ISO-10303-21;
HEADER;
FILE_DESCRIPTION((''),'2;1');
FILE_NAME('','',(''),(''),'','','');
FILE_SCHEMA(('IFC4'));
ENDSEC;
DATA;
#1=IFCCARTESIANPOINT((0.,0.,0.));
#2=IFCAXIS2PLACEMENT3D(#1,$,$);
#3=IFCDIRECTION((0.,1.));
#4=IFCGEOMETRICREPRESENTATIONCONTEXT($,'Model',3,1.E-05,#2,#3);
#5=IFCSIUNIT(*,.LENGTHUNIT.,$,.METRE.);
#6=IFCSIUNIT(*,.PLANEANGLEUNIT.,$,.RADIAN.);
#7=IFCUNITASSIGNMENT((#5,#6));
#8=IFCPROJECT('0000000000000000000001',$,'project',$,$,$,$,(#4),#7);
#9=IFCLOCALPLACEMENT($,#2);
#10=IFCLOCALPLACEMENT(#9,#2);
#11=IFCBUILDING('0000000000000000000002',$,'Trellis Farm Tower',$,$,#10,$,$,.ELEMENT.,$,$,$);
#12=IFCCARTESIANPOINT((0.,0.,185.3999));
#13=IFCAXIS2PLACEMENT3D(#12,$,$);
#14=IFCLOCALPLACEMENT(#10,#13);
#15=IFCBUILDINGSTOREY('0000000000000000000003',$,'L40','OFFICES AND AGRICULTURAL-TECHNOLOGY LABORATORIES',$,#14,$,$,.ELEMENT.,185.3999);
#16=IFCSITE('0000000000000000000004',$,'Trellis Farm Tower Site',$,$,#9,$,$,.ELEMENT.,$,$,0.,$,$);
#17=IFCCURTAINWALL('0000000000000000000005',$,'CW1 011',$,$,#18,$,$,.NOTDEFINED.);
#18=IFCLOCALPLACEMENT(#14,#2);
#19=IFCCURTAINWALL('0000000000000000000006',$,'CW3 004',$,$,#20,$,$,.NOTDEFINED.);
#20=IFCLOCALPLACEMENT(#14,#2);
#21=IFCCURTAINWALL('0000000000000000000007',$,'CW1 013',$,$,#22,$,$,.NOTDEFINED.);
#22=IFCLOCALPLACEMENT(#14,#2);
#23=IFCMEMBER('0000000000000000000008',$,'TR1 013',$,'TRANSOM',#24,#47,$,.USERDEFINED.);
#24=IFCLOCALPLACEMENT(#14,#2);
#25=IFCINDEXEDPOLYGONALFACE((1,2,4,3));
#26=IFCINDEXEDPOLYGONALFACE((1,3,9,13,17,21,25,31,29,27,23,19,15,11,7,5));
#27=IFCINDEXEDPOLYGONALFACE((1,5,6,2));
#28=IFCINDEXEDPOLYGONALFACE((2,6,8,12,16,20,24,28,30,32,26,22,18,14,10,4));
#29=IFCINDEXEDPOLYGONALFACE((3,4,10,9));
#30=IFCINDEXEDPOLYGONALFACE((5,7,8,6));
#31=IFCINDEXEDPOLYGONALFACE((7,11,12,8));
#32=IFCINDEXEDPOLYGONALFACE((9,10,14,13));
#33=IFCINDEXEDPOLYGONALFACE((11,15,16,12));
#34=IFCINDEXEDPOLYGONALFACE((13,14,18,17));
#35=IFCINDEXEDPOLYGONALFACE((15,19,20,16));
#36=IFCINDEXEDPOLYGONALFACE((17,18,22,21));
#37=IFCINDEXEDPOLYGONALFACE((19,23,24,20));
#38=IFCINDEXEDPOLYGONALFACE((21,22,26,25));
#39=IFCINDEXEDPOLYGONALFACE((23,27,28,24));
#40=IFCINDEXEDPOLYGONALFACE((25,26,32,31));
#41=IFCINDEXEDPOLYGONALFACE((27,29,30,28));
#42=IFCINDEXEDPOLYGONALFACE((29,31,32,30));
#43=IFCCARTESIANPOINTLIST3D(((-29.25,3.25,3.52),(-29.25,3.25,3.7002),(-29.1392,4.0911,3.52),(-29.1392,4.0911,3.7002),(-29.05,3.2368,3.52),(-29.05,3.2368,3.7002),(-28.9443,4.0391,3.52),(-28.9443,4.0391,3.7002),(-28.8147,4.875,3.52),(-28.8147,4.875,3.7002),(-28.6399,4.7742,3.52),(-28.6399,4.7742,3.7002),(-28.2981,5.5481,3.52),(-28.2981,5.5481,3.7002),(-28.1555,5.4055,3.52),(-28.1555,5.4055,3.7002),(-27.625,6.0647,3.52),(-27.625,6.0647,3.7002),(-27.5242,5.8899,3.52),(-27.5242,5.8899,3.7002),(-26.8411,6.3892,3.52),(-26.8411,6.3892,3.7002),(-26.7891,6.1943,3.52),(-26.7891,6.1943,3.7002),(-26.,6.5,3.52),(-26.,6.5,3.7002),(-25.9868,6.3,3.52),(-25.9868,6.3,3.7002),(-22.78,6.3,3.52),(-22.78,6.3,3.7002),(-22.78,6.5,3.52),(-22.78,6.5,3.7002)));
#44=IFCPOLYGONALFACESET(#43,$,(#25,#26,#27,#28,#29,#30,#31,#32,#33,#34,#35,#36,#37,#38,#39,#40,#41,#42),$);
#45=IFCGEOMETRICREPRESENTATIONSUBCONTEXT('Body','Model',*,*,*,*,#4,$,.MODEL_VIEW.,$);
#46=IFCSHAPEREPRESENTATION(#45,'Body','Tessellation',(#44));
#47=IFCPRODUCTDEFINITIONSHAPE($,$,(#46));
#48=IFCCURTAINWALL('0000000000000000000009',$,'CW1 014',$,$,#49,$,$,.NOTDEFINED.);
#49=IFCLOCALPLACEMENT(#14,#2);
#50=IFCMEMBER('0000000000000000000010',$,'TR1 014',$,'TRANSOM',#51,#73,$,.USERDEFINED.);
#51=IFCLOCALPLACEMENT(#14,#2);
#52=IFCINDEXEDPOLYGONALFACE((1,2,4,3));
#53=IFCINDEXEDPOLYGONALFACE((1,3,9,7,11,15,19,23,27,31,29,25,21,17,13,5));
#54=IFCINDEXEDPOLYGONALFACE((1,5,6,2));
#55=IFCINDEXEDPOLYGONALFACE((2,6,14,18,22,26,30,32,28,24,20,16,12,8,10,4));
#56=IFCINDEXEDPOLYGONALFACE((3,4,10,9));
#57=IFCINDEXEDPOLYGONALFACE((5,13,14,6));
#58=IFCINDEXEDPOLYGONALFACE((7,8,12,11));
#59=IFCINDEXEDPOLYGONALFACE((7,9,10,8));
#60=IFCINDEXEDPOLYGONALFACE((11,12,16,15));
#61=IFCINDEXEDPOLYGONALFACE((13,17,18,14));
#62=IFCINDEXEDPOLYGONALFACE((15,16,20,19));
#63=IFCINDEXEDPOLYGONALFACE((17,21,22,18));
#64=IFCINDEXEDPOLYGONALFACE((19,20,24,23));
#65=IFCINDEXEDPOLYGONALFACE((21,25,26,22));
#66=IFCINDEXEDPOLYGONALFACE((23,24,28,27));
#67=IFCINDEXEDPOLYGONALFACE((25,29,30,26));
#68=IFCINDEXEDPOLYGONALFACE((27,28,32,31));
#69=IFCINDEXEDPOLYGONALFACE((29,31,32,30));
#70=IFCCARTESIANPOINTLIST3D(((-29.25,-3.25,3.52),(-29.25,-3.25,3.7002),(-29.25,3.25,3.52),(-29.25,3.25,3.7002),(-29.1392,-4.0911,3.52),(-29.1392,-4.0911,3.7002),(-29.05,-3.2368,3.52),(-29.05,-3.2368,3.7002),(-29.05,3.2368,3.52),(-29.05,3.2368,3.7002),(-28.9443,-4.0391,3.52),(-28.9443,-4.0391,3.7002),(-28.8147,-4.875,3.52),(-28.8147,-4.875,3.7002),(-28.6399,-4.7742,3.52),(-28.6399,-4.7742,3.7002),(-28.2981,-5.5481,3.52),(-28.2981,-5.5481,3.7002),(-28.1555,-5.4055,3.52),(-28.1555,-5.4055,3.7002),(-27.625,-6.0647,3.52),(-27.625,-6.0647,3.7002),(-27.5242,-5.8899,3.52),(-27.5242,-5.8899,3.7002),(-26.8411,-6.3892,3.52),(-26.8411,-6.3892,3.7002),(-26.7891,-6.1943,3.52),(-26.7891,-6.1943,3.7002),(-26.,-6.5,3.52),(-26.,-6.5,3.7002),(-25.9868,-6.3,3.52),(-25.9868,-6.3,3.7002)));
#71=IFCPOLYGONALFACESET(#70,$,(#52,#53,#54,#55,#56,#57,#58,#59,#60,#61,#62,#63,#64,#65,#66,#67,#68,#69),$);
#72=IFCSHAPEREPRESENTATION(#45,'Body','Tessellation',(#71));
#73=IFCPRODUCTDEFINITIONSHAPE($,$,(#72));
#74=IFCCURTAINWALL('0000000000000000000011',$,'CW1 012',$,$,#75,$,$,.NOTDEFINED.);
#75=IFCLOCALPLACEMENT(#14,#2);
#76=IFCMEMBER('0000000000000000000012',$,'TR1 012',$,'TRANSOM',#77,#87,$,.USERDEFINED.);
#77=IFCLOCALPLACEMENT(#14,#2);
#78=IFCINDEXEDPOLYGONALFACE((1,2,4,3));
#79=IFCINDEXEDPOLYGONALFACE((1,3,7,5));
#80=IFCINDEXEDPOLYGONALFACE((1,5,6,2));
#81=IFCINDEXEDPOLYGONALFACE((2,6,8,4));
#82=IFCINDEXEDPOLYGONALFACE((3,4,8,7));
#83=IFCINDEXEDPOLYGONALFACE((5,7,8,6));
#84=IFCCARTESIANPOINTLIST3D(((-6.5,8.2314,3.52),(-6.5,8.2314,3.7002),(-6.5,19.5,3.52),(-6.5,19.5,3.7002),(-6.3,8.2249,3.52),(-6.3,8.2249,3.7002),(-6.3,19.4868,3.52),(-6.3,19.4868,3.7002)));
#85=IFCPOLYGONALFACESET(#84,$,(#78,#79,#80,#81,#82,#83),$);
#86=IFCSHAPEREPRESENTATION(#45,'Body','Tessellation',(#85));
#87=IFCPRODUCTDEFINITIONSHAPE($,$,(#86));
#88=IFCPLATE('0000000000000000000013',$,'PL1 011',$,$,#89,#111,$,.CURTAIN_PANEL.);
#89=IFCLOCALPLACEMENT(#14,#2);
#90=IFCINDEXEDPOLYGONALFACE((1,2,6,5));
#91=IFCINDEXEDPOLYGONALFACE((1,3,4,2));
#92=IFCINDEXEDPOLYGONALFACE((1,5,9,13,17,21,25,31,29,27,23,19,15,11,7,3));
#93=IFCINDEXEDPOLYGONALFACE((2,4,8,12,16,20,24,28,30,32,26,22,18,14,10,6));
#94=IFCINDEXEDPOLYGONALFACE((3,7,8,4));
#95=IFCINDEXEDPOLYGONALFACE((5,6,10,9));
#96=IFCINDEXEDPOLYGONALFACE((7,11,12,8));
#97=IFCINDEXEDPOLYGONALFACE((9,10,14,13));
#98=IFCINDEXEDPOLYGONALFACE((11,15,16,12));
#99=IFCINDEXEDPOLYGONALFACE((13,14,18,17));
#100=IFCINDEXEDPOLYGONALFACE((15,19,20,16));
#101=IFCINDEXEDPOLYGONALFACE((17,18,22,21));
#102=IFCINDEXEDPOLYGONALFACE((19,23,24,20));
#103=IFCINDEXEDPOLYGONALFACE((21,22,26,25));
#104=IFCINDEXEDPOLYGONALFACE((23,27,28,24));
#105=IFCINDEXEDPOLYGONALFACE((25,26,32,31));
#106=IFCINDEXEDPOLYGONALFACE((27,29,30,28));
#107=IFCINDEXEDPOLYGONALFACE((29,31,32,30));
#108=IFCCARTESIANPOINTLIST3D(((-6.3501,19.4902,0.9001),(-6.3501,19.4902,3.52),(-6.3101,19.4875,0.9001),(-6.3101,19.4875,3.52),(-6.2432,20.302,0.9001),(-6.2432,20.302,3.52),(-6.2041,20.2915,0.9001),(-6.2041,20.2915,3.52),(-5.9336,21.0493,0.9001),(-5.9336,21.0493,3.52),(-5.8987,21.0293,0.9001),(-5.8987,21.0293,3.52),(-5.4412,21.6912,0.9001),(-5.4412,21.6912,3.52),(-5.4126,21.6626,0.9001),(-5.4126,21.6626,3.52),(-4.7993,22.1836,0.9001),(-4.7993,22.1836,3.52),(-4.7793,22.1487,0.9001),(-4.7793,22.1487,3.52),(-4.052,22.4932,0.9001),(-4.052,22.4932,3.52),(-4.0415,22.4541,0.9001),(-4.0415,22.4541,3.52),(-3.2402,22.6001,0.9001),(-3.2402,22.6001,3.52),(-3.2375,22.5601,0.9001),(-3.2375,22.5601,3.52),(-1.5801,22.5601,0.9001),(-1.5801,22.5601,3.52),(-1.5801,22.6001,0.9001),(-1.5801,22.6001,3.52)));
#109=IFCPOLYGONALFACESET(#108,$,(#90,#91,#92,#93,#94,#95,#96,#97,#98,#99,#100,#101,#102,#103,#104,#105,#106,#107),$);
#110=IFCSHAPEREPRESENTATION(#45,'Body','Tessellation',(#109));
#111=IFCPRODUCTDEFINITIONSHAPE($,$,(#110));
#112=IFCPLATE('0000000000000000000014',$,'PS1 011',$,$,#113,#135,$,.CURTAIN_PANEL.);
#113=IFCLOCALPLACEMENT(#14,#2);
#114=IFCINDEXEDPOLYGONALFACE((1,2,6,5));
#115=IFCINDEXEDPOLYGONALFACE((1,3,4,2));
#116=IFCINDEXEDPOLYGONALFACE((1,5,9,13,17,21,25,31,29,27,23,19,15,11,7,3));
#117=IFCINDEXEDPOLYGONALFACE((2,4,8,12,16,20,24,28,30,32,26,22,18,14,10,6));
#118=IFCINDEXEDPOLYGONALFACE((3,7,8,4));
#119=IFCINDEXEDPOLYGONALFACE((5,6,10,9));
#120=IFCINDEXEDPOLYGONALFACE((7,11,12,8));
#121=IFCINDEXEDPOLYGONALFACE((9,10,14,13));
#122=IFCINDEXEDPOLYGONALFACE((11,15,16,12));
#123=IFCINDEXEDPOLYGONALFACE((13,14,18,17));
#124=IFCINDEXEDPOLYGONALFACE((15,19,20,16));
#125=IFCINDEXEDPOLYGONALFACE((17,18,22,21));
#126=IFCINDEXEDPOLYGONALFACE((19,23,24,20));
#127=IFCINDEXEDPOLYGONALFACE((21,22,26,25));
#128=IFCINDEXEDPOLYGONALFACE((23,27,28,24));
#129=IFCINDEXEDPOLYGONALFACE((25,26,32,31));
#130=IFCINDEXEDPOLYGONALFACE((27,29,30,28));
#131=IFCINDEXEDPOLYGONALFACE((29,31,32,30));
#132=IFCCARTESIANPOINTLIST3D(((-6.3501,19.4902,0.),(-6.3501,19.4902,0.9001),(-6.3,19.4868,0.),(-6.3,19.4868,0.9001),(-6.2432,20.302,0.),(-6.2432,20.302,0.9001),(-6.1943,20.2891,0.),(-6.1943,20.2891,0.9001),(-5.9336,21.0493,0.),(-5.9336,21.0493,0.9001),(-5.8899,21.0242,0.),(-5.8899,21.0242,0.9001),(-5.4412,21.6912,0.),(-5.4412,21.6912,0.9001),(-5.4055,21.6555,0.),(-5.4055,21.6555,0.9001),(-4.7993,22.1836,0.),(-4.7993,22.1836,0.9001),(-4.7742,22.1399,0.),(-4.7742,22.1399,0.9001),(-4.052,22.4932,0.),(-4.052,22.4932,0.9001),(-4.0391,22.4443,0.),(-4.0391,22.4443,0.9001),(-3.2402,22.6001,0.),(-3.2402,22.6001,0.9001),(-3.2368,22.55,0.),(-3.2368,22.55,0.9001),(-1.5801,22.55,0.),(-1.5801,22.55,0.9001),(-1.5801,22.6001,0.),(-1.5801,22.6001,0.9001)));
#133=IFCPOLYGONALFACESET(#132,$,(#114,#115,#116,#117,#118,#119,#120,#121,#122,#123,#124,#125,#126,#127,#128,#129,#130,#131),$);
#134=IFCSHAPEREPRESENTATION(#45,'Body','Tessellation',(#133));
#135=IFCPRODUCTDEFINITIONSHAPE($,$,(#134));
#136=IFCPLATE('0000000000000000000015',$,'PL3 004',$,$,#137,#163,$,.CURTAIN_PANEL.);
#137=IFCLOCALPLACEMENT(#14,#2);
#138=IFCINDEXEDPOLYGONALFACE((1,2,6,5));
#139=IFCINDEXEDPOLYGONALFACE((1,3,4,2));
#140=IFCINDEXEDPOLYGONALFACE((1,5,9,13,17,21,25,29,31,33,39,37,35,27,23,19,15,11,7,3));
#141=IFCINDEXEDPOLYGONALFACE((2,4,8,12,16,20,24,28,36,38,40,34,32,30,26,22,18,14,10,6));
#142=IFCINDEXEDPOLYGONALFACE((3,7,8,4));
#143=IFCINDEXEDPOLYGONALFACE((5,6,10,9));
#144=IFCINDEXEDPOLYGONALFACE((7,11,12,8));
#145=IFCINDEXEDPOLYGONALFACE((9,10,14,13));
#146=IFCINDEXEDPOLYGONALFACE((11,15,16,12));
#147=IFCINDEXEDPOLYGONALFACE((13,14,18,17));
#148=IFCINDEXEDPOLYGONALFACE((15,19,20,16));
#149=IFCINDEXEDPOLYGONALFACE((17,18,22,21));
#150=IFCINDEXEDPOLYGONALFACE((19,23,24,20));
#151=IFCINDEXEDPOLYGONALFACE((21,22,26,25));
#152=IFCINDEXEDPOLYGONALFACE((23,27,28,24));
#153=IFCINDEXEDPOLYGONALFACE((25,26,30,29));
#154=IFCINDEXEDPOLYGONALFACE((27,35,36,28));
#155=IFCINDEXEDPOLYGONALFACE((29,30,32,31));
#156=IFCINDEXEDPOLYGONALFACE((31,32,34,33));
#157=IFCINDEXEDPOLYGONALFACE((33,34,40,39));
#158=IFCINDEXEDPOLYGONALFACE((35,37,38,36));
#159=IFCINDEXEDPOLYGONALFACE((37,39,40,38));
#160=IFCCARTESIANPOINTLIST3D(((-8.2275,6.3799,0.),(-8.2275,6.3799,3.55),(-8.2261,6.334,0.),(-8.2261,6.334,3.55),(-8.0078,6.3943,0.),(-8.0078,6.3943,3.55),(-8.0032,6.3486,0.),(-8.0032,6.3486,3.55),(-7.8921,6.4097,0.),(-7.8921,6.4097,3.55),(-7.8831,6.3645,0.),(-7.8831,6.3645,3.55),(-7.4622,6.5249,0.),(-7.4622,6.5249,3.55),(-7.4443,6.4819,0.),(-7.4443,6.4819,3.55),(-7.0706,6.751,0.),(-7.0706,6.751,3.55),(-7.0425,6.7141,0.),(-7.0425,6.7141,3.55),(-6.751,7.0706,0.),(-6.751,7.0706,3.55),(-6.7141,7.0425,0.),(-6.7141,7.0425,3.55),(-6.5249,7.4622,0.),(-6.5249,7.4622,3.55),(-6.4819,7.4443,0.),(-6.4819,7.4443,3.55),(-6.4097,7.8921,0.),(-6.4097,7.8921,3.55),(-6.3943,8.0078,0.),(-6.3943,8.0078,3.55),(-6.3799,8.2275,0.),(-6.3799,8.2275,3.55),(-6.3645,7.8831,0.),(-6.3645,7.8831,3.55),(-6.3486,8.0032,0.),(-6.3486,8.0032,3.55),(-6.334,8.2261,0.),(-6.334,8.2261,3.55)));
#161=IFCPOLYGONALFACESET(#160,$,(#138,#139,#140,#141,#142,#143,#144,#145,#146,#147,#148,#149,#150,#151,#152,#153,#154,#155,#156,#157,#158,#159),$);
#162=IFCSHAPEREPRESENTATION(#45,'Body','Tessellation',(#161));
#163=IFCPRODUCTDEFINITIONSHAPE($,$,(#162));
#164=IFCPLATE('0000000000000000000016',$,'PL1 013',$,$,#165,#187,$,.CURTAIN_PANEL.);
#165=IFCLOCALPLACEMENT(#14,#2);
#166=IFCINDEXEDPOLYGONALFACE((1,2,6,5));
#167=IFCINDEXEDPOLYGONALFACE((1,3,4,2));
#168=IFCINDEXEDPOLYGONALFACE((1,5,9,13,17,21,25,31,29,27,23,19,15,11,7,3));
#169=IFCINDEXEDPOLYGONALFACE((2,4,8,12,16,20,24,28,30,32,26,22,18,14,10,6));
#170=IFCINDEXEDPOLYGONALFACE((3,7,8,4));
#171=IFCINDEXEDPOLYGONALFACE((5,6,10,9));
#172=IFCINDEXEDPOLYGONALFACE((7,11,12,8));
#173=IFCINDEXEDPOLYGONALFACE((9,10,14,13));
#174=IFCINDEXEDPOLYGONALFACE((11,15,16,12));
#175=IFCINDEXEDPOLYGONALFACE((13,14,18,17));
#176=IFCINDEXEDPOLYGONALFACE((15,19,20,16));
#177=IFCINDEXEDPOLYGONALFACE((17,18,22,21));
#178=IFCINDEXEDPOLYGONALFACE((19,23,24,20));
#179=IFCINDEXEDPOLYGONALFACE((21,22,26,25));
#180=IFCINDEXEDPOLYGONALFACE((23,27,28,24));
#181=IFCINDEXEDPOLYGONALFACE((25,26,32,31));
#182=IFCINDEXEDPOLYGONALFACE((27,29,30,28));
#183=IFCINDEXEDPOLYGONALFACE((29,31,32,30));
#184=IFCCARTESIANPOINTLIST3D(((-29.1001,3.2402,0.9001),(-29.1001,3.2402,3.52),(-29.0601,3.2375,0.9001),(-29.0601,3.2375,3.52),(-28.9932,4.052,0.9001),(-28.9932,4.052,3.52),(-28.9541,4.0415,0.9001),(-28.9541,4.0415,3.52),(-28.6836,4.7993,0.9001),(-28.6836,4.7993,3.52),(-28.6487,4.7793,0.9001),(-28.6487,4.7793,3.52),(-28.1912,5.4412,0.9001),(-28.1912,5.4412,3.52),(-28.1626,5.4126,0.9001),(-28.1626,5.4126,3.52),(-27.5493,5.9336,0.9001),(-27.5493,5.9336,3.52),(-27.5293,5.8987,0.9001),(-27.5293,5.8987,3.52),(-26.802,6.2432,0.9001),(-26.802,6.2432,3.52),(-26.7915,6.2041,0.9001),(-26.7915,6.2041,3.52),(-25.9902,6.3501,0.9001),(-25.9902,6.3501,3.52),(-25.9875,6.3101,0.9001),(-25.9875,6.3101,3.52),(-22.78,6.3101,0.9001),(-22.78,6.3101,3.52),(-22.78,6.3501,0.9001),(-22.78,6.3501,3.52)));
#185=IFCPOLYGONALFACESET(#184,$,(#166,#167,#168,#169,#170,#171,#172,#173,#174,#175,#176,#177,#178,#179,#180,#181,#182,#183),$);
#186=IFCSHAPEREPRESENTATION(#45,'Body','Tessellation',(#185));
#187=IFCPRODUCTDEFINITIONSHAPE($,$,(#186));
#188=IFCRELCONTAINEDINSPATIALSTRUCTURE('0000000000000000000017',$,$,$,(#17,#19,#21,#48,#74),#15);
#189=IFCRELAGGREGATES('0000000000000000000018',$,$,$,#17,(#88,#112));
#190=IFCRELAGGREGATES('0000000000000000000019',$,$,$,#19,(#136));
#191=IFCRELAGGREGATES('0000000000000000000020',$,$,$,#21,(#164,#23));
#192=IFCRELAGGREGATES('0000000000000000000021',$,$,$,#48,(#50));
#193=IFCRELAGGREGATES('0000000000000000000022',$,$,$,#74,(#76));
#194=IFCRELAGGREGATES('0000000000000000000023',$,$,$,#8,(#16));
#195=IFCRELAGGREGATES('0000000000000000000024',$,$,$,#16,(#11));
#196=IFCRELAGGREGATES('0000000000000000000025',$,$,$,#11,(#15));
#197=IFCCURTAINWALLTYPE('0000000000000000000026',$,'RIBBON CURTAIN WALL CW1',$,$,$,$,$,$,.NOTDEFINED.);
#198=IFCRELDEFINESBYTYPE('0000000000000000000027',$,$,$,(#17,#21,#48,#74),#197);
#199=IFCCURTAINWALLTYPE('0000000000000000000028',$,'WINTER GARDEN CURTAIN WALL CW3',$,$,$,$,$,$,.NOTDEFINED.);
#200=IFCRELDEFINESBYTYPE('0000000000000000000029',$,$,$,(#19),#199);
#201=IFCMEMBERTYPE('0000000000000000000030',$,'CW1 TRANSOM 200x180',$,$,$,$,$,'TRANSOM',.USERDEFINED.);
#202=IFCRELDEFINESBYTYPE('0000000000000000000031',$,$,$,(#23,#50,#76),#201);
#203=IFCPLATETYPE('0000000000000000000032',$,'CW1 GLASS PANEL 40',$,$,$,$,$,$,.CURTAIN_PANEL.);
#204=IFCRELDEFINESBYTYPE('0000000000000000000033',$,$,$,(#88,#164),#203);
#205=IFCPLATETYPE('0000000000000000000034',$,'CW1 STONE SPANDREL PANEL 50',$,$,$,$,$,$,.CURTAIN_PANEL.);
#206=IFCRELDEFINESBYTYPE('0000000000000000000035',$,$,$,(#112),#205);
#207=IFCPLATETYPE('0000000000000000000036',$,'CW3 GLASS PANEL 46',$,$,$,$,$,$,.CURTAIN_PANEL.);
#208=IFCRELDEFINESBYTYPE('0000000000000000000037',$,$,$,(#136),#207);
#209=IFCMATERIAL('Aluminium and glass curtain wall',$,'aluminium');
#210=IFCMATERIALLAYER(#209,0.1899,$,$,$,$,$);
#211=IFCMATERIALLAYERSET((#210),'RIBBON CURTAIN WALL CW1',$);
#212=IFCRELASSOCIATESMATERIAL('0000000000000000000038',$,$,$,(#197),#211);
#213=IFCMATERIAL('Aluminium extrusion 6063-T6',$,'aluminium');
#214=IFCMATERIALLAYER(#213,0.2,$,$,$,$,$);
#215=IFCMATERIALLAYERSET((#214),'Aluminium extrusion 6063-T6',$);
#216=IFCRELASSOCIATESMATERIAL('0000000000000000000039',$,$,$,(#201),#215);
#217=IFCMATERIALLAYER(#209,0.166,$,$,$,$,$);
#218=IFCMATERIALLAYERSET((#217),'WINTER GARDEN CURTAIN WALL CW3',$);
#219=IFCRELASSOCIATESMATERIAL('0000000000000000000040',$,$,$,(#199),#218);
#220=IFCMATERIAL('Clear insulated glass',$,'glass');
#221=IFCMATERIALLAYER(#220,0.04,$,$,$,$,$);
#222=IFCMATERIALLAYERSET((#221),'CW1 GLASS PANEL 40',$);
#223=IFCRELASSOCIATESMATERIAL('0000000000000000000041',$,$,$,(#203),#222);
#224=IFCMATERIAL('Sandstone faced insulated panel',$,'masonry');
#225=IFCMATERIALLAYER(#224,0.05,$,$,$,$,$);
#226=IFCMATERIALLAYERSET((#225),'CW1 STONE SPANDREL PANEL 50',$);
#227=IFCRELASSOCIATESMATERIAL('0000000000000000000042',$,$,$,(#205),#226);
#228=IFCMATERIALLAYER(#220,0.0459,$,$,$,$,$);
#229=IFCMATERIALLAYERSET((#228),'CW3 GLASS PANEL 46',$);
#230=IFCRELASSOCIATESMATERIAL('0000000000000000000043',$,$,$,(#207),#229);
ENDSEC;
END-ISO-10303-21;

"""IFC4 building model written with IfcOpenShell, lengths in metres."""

from ifc_helpers import new_model, si_unit, direction, frame, origin, place, context, subcontext, project, spatial, polyline, outline, extrude, source, transform, mapped, material, layer, layer_set, type_object, element, aggregate, save


model = new_model("IFC4")

# Units and contexts
model_context = context("Model", 3, precision=1e-05, world=origin(), true_north=direction((0.0, 1.0)))
body_context = subcontext(model_context, "Body", "Model", "MODEL_VIEW")
ifc_project = project(units=[si_unit("LENGTHUNIT", "METRE"), si_unit("PLANEANGLEUNIT", "RADIAN")], contexts=[model_context])

# Site, building, storey
site_placement = place(None, origin())
site = spatial("IfcSite", under=ifc_project, at=site_placement, Name="Trellis Farm Tower Site", CompositionType="ELEMENT", RefElevation=0.0)
building_placement = place(site_placement, origin())
building = spatial("IfcBuilding", under=site, at=building_placement, Name="Trellis Farm Tower", CompositionType="ELEMENT")
storey_placement = place(building_placement, frame((0.0, 0.0, 185.3999)))
storey = spatial("IfcBuildingStorey", under=building, at=storey_placement, Name="L40", Description="OFFICES AND AGRICULTURAL-TECHNOLOGY LABORATORIES", CompositionType="ELEMENT", Elevation=185.3999)

# Curtain wall
ifc_material_1 = material(Name="Aluminium and glass curtain wall", Category="aluminium")
ifc_layer_1 = layer(ifc_material_1, 0.1899)
ifc_layer_set_1 = layer_set([ifc_layer_1], Name="RIBBON CURTAIN WALL CW1")
curtain_wall_type_1 = type_object("IfcCurtainWallType", Name="RIBBON CURTAIN WALL CW1", PredefinedType="NOTDEFINED", material=ifc_layer_set_1)
placement_1 = place(storey_placement, origin())
curtain_wall_1 = element("IfcCurtainWall", 1, at=placement_1, inside=storey, type_object=curtain_wall_type_1, Name="CW1 011", PredefinedType="NOTDEFINED")
ifc_material_2 = material(Name="Aluminium extrusion 6063-T6", Category="aluminium")
ifc_layer_2 = layer(ifc_material_2, 0.2)
ifc_layer_set_2 = layer_set([ifc_layer_2], Name="Aluminium extrusion 6063-T6")
member_type_1 = type_object("IfcMemberType", Name="CW1 TRANSOM 200x180", ElementType="TRANSOM", PredefinedType="USERDEFINED", material=ifc_layer_set_2)
placement_2 = place(storey_placement, frame((0.0, 0.0, 3.52)))

# Curtain walls, members
ifc_layer_3 = layer(ifc_material_1, 0.166)
ifc_layer_set_3 = layer_set([ifc_layer_3], Name="WINTER GARDEN CURTAIN WALL CW3")
curtain_wall_type_2 = type_object("IfcCurtainWallType", Name="WINTER GARDEN CURTAIN WALL CW3", PredefinedType="NOTDEFINED", material=ifc_layer_set_3)
curtain_wall_2 = element("IfcCurtainWall", 2, at=placement_1, inside=storey, type_object=curtain_wall_type_2, Name="CW3 004", PredefinedType="NOTDEFINED")
curtain_wall_3 = element("IfcCurtainWall", 3, at=placement_1, inside=storey, type_object=curtain_wall_type_1, Name="CW1 013", PredefinedType="NOTDEFINED")
shared_shape_1 = source(origin(), body_context, "Body", "SweptSolid", [
    extrude(outline(polyline([(-22.78, 6.5), (-26.0, 6.5), (-26.8411, 6.3892), (-27.625, 6.0647), (-28.2981, 5.5481), (-28.8147, 4.875), (-29.1392, 4.0911), (-29.25, 3.25), (-29.05, 3.2368), (-28.9443, 4.0391), (-28.6399, 4.7742), (-28.1555, 5.4055), (-27.5242, 5.8899), (-26.7891, 6.1943), (-25.9868, 6.3), (-22.78, 6.3), (-22.78, 6.5)])), origin(), (0.0, 0.0, 1.0), 0.1802),
])
member_1 = element("IfcMember", 4, at=placement_2, type_object=member_type_1, Name="TR1 013", ObjectType="TRANSOM", PredefinedType="USERDEFINED", context=body_context, shape_type="MappedRepresentation", body=[
    mapped(shared_shape_1, transform((0.0, 0.0, 0.0))),
])
curtain_wall_4 = element("IfcCurtainWall", 5, at=placement_1, inside=storey, type_object=curtain_wall_type_1, Name="CW1 014", PredefinedType="NOTDEFINED")
shared_shape_2 = source(origin(), body_context, "Body", "SweptSolid", [
    extrude(outline(polyline([(-29.25, 3.25), (-29.25, -3.25), (-29.1392, -4.0911), (-28.8147, -4.875), (-28.2981, -5.5481), (-27.625, -6.0647), (-26.8411, -6.3892), (-26.0, -6.5), (-25.9868, -6.3), (-26.7891, -6.1943), (-27.5242, -5.8899), (-28.1555, -5.4055), (-28.6399, -4.7742), (-28.9443, -4.0391), (-29.05, -3.2368), (-29.05, 3.2368), (-29.25, 3.25)])), origin(), (0.0, 0.0, 1.0), 0.1802),
])
member_2 = element("IfcMember", 6, at=placement_2, type_object=member_type_1, Name="TR1 014", ObjectType="TRANSOM", PredefinedType="USERDEFINED", context=body_context, shape_type="MappedRepresentation", body=[
    mapped(shared_shape_2, transform((0.0, 0.0, 0.0))),
])
curtain_wall_5 = element("IfcCurtainWall", 7, at=placement_1, inside=storey, type_object=curtain_wall_type_1, Name="CW1 012", PredefinedType="NOTDEFINED")
shared_shape_3 = source(origin(), body_context, "Body", "SweptSolid", [
    extrude(outline(polyline([(-6.5, 19.5), (-6.5, 8.2314), (-6.3, 8.2249), (-6.3, 19.4868), (-6.5, 19.5)])), origin(), (0.0, 0.0, 1.0), 0.1802),
])
member_3 = element("IfcMember", 8, at=placement_2, type_object=member_type_1, Name="TR1 012", ObjectType="TRANSOM", PredefinedType="USERDEFINED", context=body_context, shape_type="MappedRepresentation", body=[
    mapped(shared_shape_3, transform((0.0, 0.0, 0.0))),
])

# Plates
ifc_material_3 = material(Name="Clear insulated glass", Category="glass")
ifc_layer_4 = layer(ifc_material_3, 0.04)
ifc_layer_set_4 = layer_set([ifc_layer_4], Name="CW1 GLASS PANEL 40")
plate_type_1 = type_object("IfcPlateType", Name="CW1 GLASS PANEL 40", PredefinedType="CURTAIN_PANEL", material=ifc_layer_set_4)
placement_3 = place(storey_placement, frame((0.0, 0.0, 0.9001)))
plate_1 = element("IfcPlate", 9, at=placement_3, type_object=plate_type_1, Name="PL1 011", PredefinedType="CURTAIN_PANEL", context=body_context, shape_type="SweptSolid", body=[
    extrude(outline(polyline([(-1.5801, 22.6001), (-3.2402, 22.6001), (-4.052, 22.4932), (-4.7993, 22.1836), (-5.4412, 21.6912), (-5.9336, 21.0493), (-6.2432, 20.302), (-6.3501, 19.4902), (-6.3101, 19.4875), (-6.2041, 20.2915), (-5.8987, 21.0293), (-5.4126, 21.6626), (-4.7793, 22.1487), (-4.0415, 22.4541), (-3.2375, 22.5601), (-1.5801, 22.5601), (-1.5801, 22.6001)])), origin(), (0.0, 0.0, 1.0), 2.6199),
])
ifc_material_4 = material(Name="Sandstone faced insulated panel", Category="masonry")
ifc_layer_5 = layer(ifc_material_4, 0.05)
ifc_layer_set_5 = layer_set([ifc_layer_5], Name="CW1 STONE SPANDREL PANEL 50")
plate_type_2 = type_object("IfcPlateType", Name="CW1 STONE SPANDREL PANEL 50", PredefinedType="CURTAIN_PANEL", material=ifc_layer_set_5)
plate_2 = element("IfcPlate", 10, at=placement_1, type_object=plate_type_2, Name="PS1 011", PredefinedType="CURTAIN_PANEL", context=body_context, shape_type="SweptSolid", body=[
    extrude(outline(polyline([(-1.5801, 22.6001), (-3.2402, 22.6001), (-4.052, 22.4932), (-4.7993, 22.1836), (-5.4412, 21.6912), (-5.9336, 21.0493), (-6.2432, 20.302), (-6.3501, 19.4902), (-6.3, 19.4868), (-6.1943, 20.2891), (-5.8899, 21.0242), (-5.4055, 21.6555), (-4.7742, 22.1399), (-4.0391, 22.4443), (-3.2368, 22.55), (-1.5801, 22.55), (-1.5801, 22.6001)])), origin(), (0.0, 0.0, 1.0), 0.9001),
])
aggregate(curtain_wall_1, [plate_1, plate_2])
ifc_layer_6 = layer(ifc_material_3, 0.0459)
ifc_layer_set_6 = layer_set([ifc_layer_6], Name="CW3 GLASS PANEL 46")
plate_type_3 = type_object("IfcPlateType", Name="CW3 GLASS PANEL 46", PredefinedType="CURTAIN_PANEL", material=ifc_layer_set_6)
shared_shape_4 = source(origin(), body_context, "Body", "SweptSolid", [
    extrude(outline(polyline([(-6.3799, 8.2275), (-6.3943, 8.0078), (-6.4097, 7.8921), (-6.5249, 7.4622), (-6.751, 7.0706), (-7.0706, 6.751), (-7.4622, 6.5249), (-7.8921, 6.4097), (-8.0078, 6.3943), (-8.2275, 6.3799), (-8.2261, 6.334), (-8.0032, 6.3486), (-7.8831, 6.3645), (-7.4443, 6.4819), (-7.0425, 6.7141), (-6.7141, 7.0425), (-6.4819, 7.4443), (-6.3645, 7.8831), (-6.3486, 8.0032), (-6.334, 8.2261), (-6.3799, 8.2275)])), origin(), (0.0, 0.0, 1.0), 3.55),
])
plate_3 = element("IfcPlate", 11, at=placement_1, type_object=plate_type_3, Name="PL3 004", PredefinedType="CURTAIN_PANEL", context=body_context, shape_type="MappedRepresentation", body=[
    mapped(shared_shape_4, transform((0.0, 0.0, 0.0))),
])
aggregate(curtain_wall_2, [plate_3])
shared_shape_5 = source(origin(), body_context, "Body", "SweptSolid", [
    extrude(outline(polyline([(-22.78, 6.3501), (-25.9902, 6.3501), (-26.802, 6.2432), (-27.5493, 5.9336), (-28.1912, 5.4412), (-28.6836, 4.7993), (-28.9932, 4.052), (-29.1001, 3.2402), (-29.0601, 3.2375), (-28.9541, 4.0415), (-28.6487, 4.7793), (-28.1626, 5.4126), (-27.5293, 5.8987), (-26.7915, 6.2041), (-25.9875, 6.3101), (-22.78, 6.3101), (-22.78, 6.3501)])), origin(), (0.0, 0.0, 1.0), 2.6199),
])
plate_4 = element("IfcPlate", 12, at=placement_3, type_object=plate_type_1, Name="PL1 013", PredefinedType="CURTAIN_PANEL", context=body_context, shape_type="MappedRepresentation", body=[
    mapped(shared_shape_5, transform((0.0, 0.0, 0.0))),
])
aggregate(curtain_wall_3, [plate_4, member_1])
aggregate(curtain_wall_4, [member_2])
aggregate(curtain_wall_5, [member_3])

save(model, "model.ifc")
